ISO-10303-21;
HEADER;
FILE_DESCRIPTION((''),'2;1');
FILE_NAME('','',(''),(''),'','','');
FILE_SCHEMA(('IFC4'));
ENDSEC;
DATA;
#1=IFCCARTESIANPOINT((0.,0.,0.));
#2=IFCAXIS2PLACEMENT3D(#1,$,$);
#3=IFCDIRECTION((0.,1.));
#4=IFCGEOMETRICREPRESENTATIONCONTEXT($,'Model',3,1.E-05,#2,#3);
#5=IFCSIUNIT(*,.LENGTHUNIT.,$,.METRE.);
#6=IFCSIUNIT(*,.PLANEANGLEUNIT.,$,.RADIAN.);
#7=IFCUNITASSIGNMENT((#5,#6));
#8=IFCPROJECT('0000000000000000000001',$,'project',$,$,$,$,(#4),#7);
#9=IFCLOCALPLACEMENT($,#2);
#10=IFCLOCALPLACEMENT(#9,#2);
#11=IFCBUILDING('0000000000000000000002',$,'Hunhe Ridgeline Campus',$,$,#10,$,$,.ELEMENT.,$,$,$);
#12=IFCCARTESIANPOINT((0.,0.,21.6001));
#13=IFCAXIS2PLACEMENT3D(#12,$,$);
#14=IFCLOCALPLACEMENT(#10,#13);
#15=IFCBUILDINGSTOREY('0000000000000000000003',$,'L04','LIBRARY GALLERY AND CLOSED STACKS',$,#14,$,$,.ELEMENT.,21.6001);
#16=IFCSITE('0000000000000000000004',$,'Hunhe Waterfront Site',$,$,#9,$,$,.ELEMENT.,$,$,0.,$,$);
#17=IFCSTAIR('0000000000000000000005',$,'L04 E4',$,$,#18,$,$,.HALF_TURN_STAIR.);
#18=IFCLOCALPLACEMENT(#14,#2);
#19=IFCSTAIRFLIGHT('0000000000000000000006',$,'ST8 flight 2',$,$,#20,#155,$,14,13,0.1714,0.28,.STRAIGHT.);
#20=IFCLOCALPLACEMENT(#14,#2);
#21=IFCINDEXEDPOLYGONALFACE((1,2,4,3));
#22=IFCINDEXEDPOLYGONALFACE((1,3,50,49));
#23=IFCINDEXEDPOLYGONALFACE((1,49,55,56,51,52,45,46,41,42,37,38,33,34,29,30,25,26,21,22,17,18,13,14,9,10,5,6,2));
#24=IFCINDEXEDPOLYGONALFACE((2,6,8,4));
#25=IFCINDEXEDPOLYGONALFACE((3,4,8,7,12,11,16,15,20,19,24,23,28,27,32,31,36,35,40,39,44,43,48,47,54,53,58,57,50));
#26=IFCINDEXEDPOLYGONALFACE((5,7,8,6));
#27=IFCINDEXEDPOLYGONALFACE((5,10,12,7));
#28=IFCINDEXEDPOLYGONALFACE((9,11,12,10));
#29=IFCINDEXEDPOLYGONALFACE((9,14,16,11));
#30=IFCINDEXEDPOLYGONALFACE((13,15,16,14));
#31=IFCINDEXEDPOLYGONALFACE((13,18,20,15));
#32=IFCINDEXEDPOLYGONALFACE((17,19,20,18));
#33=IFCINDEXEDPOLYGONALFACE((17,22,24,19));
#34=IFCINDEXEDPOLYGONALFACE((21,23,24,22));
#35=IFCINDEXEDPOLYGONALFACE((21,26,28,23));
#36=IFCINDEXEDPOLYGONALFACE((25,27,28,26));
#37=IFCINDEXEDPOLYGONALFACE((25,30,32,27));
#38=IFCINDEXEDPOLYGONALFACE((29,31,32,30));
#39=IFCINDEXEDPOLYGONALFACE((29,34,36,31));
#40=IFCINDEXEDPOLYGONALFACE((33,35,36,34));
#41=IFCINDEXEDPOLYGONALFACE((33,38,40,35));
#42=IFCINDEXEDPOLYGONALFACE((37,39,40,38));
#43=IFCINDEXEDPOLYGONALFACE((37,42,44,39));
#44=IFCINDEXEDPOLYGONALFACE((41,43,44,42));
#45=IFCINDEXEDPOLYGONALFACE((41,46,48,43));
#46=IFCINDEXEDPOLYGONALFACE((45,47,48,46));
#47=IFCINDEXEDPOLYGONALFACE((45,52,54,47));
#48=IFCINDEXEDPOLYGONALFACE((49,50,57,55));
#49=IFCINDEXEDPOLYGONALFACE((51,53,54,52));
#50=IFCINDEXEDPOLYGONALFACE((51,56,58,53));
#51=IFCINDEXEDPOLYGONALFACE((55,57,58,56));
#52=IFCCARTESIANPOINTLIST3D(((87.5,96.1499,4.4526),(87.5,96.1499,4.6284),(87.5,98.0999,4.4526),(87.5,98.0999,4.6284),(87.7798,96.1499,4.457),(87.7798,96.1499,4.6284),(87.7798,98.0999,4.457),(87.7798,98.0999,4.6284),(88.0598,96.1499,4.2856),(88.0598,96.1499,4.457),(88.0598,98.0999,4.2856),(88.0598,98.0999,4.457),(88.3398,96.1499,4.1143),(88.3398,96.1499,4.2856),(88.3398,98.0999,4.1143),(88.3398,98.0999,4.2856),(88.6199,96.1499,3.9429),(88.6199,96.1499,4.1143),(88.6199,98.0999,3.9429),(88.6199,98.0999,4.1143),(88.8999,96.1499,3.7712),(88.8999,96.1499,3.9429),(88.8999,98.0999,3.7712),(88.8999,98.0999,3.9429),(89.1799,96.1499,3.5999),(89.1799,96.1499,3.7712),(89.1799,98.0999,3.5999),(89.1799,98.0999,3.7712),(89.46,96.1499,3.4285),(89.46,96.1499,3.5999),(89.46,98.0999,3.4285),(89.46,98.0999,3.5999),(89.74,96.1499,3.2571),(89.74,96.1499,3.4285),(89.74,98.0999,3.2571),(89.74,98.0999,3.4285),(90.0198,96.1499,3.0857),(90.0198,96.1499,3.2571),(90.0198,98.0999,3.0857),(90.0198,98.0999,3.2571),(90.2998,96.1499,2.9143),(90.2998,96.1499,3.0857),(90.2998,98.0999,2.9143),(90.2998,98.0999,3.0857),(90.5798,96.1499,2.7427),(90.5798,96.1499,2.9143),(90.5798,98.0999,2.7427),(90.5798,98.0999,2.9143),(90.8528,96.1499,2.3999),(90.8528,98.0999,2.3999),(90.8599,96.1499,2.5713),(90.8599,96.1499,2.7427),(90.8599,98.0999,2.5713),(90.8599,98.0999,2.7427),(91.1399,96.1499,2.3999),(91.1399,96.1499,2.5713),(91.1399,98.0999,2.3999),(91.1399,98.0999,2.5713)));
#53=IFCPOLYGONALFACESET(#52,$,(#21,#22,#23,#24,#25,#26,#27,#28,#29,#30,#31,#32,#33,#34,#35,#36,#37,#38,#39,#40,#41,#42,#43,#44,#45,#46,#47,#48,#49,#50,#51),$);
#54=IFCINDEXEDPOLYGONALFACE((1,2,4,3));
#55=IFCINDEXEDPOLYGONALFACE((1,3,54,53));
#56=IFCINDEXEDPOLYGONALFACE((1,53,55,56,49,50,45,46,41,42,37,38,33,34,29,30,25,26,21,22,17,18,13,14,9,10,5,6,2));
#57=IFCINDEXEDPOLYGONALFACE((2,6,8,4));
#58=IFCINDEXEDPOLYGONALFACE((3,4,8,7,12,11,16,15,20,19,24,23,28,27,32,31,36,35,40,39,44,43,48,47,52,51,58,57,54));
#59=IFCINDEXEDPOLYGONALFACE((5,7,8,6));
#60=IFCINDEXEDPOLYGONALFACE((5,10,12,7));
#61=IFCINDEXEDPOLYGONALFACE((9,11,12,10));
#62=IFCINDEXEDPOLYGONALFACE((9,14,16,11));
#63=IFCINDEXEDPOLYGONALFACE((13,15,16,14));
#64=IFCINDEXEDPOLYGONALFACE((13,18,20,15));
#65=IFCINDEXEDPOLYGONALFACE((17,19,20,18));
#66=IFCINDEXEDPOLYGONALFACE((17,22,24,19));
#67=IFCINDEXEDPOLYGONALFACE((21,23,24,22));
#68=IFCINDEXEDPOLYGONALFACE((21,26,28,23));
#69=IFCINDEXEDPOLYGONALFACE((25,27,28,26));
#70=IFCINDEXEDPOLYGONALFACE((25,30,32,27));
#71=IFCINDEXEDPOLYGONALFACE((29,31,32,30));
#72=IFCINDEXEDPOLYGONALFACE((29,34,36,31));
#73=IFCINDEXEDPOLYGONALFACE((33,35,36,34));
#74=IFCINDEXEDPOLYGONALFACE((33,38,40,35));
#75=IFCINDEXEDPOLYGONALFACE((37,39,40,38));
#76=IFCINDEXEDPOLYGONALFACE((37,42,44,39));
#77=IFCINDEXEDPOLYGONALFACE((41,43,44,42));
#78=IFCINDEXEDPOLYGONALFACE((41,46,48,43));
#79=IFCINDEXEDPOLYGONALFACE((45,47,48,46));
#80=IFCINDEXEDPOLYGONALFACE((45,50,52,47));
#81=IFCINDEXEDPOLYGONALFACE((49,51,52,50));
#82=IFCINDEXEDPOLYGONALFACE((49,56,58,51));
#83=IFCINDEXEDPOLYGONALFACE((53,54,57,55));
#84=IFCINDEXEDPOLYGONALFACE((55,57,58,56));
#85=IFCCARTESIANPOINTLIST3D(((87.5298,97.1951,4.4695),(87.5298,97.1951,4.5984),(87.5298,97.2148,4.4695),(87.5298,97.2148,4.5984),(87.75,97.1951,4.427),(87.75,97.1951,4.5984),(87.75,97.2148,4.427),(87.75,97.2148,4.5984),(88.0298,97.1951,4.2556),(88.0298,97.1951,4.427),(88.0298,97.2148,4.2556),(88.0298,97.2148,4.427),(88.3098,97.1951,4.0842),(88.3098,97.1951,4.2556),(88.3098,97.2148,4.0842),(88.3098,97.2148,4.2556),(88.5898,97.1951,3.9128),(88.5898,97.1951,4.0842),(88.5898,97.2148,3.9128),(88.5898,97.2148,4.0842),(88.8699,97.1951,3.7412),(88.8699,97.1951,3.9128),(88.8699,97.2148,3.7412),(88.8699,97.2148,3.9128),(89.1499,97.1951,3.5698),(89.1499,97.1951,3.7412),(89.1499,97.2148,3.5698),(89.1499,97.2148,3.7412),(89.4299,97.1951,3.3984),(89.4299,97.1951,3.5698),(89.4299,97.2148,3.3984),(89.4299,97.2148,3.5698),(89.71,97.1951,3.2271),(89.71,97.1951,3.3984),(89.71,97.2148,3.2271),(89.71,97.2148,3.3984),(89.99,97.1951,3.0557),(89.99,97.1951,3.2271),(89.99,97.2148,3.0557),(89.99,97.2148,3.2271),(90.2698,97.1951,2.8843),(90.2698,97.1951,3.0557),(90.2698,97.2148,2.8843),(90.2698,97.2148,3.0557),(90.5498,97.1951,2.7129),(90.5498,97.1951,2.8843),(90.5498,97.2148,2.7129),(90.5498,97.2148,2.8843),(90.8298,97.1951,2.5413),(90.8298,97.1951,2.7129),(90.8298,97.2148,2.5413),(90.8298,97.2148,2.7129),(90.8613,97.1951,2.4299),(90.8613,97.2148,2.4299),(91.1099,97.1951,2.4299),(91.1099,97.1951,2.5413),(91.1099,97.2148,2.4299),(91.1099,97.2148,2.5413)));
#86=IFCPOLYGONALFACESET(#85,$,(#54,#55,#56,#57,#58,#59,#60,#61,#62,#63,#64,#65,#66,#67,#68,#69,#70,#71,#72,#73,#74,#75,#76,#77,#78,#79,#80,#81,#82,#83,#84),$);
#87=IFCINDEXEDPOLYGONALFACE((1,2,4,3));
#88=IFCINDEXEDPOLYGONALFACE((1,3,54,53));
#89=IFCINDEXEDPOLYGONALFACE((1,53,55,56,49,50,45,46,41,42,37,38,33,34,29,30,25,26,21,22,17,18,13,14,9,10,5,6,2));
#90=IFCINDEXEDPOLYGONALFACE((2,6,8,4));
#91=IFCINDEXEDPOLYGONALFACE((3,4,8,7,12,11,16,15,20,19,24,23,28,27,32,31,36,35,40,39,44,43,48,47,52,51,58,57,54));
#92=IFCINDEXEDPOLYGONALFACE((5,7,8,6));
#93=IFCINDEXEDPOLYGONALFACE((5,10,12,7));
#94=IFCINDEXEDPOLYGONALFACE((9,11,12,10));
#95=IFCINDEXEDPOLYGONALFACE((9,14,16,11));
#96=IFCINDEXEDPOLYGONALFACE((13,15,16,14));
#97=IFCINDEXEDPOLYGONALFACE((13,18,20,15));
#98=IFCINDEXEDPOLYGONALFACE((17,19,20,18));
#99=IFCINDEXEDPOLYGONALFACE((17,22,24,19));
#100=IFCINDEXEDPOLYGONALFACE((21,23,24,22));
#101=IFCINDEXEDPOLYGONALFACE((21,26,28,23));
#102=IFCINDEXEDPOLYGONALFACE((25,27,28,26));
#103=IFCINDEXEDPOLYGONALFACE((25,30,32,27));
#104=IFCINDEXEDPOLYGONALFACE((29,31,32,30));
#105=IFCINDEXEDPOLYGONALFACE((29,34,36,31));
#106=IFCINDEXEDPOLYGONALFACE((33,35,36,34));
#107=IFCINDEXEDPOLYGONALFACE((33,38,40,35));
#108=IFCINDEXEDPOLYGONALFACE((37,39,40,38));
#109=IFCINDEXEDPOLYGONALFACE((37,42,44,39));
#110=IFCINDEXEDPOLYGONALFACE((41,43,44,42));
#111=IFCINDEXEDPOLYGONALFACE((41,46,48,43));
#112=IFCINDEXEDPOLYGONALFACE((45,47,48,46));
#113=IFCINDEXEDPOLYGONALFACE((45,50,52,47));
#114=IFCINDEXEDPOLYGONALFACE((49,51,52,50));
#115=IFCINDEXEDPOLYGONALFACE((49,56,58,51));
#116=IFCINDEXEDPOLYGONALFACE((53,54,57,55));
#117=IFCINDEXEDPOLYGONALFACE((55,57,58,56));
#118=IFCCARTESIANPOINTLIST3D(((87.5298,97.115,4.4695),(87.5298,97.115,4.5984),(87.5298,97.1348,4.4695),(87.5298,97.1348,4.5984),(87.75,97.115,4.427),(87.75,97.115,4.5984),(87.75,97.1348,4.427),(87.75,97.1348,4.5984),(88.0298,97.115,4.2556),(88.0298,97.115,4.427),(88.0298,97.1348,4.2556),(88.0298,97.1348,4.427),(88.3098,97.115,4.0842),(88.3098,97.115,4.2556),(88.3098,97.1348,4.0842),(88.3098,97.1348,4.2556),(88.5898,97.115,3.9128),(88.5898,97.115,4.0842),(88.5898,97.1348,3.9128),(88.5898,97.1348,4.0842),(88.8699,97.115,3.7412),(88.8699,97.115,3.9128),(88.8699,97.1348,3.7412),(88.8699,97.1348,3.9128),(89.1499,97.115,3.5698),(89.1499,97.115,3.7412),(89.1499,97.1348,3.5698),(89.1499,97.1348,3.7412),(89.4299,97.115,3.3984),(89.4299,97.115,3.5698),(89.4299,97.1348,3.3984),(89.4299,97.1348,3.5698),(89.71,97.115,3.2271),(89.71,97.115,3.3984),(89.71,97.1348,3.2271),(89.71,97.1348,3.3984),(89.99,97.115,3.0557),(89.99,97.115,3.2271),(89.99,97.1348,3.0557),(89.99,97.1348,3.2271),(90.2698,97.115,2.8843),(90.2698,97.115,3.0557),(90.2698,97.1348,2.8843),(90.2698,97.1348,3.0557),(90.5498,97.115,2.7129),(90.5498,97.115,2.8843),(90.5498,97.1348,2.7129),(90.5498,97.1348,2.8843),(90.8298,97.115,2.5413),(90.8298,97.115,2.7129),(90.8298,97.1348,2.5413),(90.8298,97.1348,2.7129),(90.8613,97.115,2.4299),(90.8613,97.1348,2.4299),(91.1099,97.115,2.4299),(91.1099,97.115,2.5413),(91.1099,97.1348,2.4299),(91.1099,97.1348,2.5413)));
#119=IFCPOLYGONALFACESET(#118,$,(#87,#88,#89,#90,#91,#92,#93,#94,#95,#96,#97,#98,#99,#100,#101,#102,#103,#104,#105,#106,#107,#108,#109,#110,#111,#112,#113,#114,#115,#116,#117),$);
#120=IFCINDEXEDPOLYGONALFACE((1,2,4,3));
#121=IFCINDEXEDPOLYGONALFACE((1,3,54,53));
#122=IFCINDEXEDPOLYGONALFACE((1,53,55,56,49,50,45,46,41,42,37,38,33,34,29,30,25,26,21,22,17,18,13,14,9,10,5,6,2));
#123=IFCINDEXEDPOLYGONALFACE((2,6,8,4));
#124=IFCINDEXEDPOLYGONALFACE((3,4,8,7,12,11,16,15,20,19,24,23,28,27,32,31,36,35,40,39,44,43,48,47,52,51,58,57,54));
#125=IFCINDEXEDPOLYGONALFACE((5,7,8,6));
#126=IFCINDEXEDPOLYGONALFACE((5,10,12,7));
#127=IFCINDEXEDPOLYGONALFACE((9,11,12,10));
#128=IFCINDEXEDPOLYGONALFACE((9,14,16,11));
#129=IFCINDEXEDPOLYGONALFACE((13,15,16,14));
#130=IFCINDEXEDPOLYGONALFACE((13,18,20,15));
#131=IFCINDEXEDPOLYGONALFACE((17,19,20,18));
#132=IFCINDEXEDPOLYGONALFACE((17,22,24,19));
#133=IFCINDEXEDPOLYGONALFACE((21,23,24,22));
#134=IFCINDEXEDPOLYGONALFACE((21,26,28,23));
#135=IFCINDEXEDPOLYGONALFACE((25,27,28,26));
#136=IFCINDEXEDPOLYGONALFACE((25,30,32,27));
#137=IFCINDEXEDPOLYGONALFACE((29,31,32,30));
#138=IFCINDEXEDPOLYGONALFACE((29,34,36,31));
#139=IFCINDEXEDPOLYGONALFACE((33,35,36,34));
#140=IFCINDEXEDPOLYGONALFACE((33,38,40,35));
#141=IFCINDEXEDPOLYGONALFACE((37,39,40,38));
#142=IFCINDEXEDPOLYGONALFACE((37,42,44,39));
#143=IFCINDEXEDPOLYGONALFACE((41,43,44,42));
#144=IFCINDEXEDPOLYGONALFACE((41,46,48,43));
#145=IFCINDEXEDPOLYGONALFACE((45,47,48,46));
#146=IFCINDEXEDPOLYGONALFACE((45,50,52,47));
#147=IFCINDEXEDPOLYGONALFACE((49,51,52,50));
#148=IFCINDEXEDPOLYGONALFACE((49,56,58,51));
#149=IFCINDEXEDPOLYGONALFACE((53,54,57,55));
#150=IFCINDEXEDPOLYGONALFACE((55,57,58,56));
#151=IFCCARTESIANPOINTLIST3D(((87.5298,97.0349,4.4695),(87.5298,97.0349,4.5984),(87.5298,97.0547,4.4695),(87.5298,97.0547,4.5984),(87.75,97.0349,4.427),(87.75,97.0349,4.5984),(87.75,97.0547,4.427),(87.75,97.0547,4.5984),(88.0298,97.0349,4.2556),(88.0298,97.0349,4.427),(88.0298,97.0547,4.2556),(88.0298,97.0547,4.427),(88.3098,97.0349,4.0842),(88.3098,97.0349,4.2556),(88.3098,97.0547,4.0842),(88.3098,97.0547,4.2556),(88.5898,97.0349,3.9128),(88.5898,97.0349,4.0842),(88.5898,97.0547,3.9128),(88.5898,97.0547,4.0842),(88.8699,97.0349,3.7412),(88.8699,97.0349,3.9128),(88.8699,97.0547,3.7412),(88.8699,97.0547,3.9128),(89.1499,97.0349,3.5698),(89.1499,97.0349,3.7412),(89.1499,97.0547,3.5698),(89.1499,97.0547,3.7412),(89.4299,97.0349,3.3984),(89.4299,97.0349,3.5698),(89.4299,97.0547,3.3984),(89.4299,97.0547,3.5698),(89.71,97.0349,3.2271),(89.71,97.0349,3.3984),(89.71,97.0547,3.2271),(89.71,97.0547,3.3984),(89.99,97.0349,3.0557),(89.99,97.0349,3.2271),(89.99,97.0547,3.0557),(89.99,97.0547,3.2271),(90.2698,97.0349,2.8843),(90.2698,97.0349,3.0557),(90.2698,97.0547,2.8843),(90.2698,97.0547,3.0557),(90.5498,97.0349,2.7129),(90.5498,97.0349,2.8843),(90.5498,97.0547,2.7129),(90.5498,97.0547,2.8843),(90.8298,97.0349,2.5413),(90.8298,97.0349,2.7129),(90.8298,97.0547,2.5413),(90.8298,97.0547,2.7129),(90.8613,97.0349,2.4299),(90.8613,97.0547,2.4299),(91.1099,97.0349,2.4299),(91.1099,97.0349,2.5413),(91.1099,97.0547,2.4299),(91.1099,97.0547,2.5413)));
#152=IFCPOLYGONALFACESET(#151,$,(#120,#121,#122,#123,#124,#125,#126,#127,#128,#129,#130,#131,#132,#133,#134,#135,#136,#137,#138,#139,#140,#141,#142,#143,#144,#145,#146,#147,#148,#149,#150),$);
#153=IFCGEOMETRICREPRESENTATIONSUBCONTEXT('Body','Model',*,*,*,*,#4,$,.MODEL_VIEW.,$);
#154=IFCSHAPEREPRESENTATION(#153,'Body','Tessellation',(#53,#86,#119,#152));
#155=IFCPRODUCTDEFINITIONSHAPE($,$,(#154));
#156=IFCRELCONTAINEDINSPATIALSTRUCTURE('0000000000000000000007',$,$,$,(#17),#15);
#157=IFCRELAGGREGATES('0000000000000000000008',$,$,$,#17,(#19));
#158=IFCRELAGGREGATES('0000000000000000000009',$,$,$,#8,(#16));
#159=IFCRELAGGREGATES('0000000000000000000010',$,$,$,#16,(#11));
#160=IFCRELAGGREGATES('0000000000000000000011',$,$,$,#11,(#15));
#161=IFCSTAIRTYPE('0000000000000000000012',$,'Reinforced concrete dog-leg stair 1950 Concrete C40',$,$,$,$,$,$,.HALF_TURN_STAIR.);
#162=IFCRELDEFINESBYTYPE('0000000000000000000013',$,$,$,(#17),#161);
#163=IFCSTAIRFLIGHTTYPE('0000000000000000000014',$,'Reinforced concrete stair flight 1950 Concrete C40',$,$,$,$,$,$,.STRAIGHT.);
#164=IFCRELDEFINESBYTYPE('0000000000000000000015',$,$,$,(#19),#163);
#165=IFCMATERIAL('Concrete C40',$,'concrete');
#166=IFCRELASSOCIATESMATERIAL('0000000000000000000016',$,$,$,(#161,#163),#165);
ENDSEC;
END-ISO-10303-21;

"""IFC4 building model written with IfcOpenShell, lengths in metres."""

from ifc_helpers import new_model, si_unit, direction, frame, origin, place, context, subcontext, project, spatial, polyline, outline, extrude, material, type_object, element, aggregate, save


model = new_model("IFC4")

# Units and contexts
model_context = context("Model", 3, precision=1e-05, world=origin(), true_north=direction((0.0, 1.0)))
body_context = subcontext(model_context, "Body", "Model", "MODEL_VIEW")
ifc_project = project(units=[si_unit("LENGTHUNIT", "METRE"), si_unit("PLANEANGLEUNIT", "RADIAN")], contexts=[model_context])

# Site, building, storey
site_placement = place(None, origin())
site = spatial("IfcSite", under=ifc_project, at=site_placement, Name="Hunhe Waterfront Site", CompositionType="ELEMENT", RefElevation=0.0)
building_placement = place(site_placement, origin())
building = spatial("IfcBuilding", under=site, at=building_placement, Name="Hunhe Ridgeline Campus", CompositionType="ELEMENT")
storey_placement = place(building_placement, frame((0.0, 0.0, 21.6001)))
storey = spatial("IfcBuildingStorey", under=building, at=storey_placement, Name="L04", Description="LIBRARY GALLERY AND CLOSED STACKS", CompositionType="ELEMENT", Elevation=21.6001)

# Stair, stair flight
ifc_material_1 = material(Name="Concrete C40", Category="concrete")
stair_type = type_object("IfcStairType", Name="Reinforced concrete dog-leg stair 1950 Concrete C40", PredefinedType="HALF_TURN_STAIR", material=ifc_material_1)
stair_placement = place(storey_placement, origin())
stair = element("IfcStair", 1, at=stair_placement, inside=storey, type_object=stair_type, Name="L04 E4", PredefinedType="HALF_TURN_STAIR")
stair_flight_type = type_object("IfcStairFlightType", Name="Reinforced concrete stair flight 1950 Concrete C40", PredefinedType="STRAIGHT", material=ifc_material_1)
stair_flight_1_placement = place(storey_placement, frame((91.1399, 97.125, 2.3999), z_axis=(0.0, 0.0, 1.0), x_axis=(-1.0, 0.0, 0.0)))
stair_flight_1 = element("IfcStairFlight", 2, at=stair_flight_1_placement, type_object=stair_flight_type, Name="ST8 flight 2", NumberOfRisers=14, NumberOfTreads=13, PredefinedType="STRAIGHT", RiserHeight=0.1714, TreadLength=0.28, context=body_context, shape_type="SweptSolid", body=[
    extrude(outline(polyline([(0.0, 0.0), (0.0, 0.1714), (0.28, 0.1714), (0.28, 0.3428), (0.5601, 0.3428), (0.5601, 0.5144), (0.8401, 0.5144), (0.8401, 0.6858), (1.1201, 0.6858), (1.1201, 0.8572), (1.3999, 0.8572), (1.3999, 1.0286), (1.6799, 1.0286), (1.6799, 1.2), (1.96, 1.2), (1.96, 1.3713), (2.24, 1.3713), (2.24, 1.543), (2.52, 1.543), (2.52, 1.7144), (2.8, 1.7144), (2.8, 1.8857), (3.0801, 1.8857), (3.0801, 2.0571), (3.3601, 2.0571), (3.3601, 2.2285), (3.6399, 2.2285), (3.6399, 2.3999), (3.6399, 2.0527), (0.2871, 0.0), (0.0, 0.0)])), frame((0.0, 0.9751, 0.0), z_axis=(0.0, -1.0, 0.0), x_axis=(1.0, 0.0, 0.0)), (0.0, 0.0, 1.0), 1.95),
    extrude(outline(polyline([(0.03, 0.03), (0.03, 0.1414), (0.3101, 0.1414), (0.3101, 0.313), (0.5901, 0.313), (0.5901, 0.4844), (0.8701, 0.4844), (0.8701, 0.6558), (1.1499, 0.6558), (1.1499, 0.8271), (1.4299, 0.8271), (1.4299, 0.9985), (1.71, 0.9985), (1.71, 1.1699), (1.99, 1.1699), (1.99, 1.3413), (2.27, 1.3413), (2.27, 1.5129), (2.55, 1.5129), (2.55, 1.6843), (2.8301, 1.6843), (2.8301, 1.8557), (3.1101, 1.8557), (3.1101, 2.0271), (3.3899, 2.0271), (3.3899, 2.1985), (3.6101, 2.1985), (3.6101, 2.0696), (0.2786, 0.03), (0.03, 0.03)])), frame((0.0, -0.0701, 0.0), z_axis=(0.0, -1.0, 0.0), x_axis=(1.0, 0.0, 0.0)), (0.0, 0.0, 1.0), 0.0198),
    extrude(outline(polyline([(0.03, 0.03), (0.03, 0.1414), (0.3101, 0.1414), (0.3101, 0.313), (0.5901, 0.313), (0.5901, 0.4844), (0.8701, 0.4844), (0.8701, 0.6558), (1.1499, 0.6558), (1.1499, 0.8271), (1.4299, 0.8271), (1.4299, 0.9985), (1.71, 0.9985), (1.71, 1.1699), (1.99, 1.1699), (1.99, 1.3413), (2.27, 1.3413), (2.27, 1.5129), (2.55, 1.5129), (2.55, 1.6843), (2.8301, 1.6843), (2.8301, 1.8557), (3.1101, 1.8557), (3.1101, 2.0271), (3.3899, 2.0271), (3.3899, 2.1985), (3.6101, 2.1985), (3.6101, 2.0696), (0.2786, 0.03), (0.03, 0.03)])), frame((0.0, 0.01, 0.0), z_axis=(0.0, -1.0, 0.0), x_axis=(1.0, 0.0, 0.0)), (0.0, 0.0, 1.0), 0.0198),
    extrude(outline(polyline([(0.03, 0.03), (0.03, 0.1414), (0.3101, 0.1414), (0.3101, 0.313), (0.5901, 0.313), (0.5901, 0.4844), (0.8701, 0.4844), (0.8701, 0.6558), (1.1499, 0.6558), (1.1499, 0.8271), (1.4299, 0.8271), (1.4299, 0.9985), (1.71, 0.9985), (1.71, 1.1699), (1.99, 1.1699), (1.99, 1.3413), (2.27, 1.3413), (2.27, 1.5129), (2.55, 1.5129), (2.55, 1.6843), (2.8301, 1.6843), (2.8301, 1.8557), (3.1101, 1.8557), (3.1101, 2.0271), (3.3899, 2.0271), (3.3899, 2.1985), (3.6101, 2.1985), (3.6101, 2.0696), (0.2786, 0.03), (0.03, 0.03)])), frame((0.0, 0.0901, 0.0), z_axis=(0.0, -1.0, 0.0), x_axis=(1.0, 0.0, 0.0)), (0.0, 0.0, 1.0), 0.0198),
])
aggregate(stair, [stair_flight_1])

save(model, "model.ifc")
